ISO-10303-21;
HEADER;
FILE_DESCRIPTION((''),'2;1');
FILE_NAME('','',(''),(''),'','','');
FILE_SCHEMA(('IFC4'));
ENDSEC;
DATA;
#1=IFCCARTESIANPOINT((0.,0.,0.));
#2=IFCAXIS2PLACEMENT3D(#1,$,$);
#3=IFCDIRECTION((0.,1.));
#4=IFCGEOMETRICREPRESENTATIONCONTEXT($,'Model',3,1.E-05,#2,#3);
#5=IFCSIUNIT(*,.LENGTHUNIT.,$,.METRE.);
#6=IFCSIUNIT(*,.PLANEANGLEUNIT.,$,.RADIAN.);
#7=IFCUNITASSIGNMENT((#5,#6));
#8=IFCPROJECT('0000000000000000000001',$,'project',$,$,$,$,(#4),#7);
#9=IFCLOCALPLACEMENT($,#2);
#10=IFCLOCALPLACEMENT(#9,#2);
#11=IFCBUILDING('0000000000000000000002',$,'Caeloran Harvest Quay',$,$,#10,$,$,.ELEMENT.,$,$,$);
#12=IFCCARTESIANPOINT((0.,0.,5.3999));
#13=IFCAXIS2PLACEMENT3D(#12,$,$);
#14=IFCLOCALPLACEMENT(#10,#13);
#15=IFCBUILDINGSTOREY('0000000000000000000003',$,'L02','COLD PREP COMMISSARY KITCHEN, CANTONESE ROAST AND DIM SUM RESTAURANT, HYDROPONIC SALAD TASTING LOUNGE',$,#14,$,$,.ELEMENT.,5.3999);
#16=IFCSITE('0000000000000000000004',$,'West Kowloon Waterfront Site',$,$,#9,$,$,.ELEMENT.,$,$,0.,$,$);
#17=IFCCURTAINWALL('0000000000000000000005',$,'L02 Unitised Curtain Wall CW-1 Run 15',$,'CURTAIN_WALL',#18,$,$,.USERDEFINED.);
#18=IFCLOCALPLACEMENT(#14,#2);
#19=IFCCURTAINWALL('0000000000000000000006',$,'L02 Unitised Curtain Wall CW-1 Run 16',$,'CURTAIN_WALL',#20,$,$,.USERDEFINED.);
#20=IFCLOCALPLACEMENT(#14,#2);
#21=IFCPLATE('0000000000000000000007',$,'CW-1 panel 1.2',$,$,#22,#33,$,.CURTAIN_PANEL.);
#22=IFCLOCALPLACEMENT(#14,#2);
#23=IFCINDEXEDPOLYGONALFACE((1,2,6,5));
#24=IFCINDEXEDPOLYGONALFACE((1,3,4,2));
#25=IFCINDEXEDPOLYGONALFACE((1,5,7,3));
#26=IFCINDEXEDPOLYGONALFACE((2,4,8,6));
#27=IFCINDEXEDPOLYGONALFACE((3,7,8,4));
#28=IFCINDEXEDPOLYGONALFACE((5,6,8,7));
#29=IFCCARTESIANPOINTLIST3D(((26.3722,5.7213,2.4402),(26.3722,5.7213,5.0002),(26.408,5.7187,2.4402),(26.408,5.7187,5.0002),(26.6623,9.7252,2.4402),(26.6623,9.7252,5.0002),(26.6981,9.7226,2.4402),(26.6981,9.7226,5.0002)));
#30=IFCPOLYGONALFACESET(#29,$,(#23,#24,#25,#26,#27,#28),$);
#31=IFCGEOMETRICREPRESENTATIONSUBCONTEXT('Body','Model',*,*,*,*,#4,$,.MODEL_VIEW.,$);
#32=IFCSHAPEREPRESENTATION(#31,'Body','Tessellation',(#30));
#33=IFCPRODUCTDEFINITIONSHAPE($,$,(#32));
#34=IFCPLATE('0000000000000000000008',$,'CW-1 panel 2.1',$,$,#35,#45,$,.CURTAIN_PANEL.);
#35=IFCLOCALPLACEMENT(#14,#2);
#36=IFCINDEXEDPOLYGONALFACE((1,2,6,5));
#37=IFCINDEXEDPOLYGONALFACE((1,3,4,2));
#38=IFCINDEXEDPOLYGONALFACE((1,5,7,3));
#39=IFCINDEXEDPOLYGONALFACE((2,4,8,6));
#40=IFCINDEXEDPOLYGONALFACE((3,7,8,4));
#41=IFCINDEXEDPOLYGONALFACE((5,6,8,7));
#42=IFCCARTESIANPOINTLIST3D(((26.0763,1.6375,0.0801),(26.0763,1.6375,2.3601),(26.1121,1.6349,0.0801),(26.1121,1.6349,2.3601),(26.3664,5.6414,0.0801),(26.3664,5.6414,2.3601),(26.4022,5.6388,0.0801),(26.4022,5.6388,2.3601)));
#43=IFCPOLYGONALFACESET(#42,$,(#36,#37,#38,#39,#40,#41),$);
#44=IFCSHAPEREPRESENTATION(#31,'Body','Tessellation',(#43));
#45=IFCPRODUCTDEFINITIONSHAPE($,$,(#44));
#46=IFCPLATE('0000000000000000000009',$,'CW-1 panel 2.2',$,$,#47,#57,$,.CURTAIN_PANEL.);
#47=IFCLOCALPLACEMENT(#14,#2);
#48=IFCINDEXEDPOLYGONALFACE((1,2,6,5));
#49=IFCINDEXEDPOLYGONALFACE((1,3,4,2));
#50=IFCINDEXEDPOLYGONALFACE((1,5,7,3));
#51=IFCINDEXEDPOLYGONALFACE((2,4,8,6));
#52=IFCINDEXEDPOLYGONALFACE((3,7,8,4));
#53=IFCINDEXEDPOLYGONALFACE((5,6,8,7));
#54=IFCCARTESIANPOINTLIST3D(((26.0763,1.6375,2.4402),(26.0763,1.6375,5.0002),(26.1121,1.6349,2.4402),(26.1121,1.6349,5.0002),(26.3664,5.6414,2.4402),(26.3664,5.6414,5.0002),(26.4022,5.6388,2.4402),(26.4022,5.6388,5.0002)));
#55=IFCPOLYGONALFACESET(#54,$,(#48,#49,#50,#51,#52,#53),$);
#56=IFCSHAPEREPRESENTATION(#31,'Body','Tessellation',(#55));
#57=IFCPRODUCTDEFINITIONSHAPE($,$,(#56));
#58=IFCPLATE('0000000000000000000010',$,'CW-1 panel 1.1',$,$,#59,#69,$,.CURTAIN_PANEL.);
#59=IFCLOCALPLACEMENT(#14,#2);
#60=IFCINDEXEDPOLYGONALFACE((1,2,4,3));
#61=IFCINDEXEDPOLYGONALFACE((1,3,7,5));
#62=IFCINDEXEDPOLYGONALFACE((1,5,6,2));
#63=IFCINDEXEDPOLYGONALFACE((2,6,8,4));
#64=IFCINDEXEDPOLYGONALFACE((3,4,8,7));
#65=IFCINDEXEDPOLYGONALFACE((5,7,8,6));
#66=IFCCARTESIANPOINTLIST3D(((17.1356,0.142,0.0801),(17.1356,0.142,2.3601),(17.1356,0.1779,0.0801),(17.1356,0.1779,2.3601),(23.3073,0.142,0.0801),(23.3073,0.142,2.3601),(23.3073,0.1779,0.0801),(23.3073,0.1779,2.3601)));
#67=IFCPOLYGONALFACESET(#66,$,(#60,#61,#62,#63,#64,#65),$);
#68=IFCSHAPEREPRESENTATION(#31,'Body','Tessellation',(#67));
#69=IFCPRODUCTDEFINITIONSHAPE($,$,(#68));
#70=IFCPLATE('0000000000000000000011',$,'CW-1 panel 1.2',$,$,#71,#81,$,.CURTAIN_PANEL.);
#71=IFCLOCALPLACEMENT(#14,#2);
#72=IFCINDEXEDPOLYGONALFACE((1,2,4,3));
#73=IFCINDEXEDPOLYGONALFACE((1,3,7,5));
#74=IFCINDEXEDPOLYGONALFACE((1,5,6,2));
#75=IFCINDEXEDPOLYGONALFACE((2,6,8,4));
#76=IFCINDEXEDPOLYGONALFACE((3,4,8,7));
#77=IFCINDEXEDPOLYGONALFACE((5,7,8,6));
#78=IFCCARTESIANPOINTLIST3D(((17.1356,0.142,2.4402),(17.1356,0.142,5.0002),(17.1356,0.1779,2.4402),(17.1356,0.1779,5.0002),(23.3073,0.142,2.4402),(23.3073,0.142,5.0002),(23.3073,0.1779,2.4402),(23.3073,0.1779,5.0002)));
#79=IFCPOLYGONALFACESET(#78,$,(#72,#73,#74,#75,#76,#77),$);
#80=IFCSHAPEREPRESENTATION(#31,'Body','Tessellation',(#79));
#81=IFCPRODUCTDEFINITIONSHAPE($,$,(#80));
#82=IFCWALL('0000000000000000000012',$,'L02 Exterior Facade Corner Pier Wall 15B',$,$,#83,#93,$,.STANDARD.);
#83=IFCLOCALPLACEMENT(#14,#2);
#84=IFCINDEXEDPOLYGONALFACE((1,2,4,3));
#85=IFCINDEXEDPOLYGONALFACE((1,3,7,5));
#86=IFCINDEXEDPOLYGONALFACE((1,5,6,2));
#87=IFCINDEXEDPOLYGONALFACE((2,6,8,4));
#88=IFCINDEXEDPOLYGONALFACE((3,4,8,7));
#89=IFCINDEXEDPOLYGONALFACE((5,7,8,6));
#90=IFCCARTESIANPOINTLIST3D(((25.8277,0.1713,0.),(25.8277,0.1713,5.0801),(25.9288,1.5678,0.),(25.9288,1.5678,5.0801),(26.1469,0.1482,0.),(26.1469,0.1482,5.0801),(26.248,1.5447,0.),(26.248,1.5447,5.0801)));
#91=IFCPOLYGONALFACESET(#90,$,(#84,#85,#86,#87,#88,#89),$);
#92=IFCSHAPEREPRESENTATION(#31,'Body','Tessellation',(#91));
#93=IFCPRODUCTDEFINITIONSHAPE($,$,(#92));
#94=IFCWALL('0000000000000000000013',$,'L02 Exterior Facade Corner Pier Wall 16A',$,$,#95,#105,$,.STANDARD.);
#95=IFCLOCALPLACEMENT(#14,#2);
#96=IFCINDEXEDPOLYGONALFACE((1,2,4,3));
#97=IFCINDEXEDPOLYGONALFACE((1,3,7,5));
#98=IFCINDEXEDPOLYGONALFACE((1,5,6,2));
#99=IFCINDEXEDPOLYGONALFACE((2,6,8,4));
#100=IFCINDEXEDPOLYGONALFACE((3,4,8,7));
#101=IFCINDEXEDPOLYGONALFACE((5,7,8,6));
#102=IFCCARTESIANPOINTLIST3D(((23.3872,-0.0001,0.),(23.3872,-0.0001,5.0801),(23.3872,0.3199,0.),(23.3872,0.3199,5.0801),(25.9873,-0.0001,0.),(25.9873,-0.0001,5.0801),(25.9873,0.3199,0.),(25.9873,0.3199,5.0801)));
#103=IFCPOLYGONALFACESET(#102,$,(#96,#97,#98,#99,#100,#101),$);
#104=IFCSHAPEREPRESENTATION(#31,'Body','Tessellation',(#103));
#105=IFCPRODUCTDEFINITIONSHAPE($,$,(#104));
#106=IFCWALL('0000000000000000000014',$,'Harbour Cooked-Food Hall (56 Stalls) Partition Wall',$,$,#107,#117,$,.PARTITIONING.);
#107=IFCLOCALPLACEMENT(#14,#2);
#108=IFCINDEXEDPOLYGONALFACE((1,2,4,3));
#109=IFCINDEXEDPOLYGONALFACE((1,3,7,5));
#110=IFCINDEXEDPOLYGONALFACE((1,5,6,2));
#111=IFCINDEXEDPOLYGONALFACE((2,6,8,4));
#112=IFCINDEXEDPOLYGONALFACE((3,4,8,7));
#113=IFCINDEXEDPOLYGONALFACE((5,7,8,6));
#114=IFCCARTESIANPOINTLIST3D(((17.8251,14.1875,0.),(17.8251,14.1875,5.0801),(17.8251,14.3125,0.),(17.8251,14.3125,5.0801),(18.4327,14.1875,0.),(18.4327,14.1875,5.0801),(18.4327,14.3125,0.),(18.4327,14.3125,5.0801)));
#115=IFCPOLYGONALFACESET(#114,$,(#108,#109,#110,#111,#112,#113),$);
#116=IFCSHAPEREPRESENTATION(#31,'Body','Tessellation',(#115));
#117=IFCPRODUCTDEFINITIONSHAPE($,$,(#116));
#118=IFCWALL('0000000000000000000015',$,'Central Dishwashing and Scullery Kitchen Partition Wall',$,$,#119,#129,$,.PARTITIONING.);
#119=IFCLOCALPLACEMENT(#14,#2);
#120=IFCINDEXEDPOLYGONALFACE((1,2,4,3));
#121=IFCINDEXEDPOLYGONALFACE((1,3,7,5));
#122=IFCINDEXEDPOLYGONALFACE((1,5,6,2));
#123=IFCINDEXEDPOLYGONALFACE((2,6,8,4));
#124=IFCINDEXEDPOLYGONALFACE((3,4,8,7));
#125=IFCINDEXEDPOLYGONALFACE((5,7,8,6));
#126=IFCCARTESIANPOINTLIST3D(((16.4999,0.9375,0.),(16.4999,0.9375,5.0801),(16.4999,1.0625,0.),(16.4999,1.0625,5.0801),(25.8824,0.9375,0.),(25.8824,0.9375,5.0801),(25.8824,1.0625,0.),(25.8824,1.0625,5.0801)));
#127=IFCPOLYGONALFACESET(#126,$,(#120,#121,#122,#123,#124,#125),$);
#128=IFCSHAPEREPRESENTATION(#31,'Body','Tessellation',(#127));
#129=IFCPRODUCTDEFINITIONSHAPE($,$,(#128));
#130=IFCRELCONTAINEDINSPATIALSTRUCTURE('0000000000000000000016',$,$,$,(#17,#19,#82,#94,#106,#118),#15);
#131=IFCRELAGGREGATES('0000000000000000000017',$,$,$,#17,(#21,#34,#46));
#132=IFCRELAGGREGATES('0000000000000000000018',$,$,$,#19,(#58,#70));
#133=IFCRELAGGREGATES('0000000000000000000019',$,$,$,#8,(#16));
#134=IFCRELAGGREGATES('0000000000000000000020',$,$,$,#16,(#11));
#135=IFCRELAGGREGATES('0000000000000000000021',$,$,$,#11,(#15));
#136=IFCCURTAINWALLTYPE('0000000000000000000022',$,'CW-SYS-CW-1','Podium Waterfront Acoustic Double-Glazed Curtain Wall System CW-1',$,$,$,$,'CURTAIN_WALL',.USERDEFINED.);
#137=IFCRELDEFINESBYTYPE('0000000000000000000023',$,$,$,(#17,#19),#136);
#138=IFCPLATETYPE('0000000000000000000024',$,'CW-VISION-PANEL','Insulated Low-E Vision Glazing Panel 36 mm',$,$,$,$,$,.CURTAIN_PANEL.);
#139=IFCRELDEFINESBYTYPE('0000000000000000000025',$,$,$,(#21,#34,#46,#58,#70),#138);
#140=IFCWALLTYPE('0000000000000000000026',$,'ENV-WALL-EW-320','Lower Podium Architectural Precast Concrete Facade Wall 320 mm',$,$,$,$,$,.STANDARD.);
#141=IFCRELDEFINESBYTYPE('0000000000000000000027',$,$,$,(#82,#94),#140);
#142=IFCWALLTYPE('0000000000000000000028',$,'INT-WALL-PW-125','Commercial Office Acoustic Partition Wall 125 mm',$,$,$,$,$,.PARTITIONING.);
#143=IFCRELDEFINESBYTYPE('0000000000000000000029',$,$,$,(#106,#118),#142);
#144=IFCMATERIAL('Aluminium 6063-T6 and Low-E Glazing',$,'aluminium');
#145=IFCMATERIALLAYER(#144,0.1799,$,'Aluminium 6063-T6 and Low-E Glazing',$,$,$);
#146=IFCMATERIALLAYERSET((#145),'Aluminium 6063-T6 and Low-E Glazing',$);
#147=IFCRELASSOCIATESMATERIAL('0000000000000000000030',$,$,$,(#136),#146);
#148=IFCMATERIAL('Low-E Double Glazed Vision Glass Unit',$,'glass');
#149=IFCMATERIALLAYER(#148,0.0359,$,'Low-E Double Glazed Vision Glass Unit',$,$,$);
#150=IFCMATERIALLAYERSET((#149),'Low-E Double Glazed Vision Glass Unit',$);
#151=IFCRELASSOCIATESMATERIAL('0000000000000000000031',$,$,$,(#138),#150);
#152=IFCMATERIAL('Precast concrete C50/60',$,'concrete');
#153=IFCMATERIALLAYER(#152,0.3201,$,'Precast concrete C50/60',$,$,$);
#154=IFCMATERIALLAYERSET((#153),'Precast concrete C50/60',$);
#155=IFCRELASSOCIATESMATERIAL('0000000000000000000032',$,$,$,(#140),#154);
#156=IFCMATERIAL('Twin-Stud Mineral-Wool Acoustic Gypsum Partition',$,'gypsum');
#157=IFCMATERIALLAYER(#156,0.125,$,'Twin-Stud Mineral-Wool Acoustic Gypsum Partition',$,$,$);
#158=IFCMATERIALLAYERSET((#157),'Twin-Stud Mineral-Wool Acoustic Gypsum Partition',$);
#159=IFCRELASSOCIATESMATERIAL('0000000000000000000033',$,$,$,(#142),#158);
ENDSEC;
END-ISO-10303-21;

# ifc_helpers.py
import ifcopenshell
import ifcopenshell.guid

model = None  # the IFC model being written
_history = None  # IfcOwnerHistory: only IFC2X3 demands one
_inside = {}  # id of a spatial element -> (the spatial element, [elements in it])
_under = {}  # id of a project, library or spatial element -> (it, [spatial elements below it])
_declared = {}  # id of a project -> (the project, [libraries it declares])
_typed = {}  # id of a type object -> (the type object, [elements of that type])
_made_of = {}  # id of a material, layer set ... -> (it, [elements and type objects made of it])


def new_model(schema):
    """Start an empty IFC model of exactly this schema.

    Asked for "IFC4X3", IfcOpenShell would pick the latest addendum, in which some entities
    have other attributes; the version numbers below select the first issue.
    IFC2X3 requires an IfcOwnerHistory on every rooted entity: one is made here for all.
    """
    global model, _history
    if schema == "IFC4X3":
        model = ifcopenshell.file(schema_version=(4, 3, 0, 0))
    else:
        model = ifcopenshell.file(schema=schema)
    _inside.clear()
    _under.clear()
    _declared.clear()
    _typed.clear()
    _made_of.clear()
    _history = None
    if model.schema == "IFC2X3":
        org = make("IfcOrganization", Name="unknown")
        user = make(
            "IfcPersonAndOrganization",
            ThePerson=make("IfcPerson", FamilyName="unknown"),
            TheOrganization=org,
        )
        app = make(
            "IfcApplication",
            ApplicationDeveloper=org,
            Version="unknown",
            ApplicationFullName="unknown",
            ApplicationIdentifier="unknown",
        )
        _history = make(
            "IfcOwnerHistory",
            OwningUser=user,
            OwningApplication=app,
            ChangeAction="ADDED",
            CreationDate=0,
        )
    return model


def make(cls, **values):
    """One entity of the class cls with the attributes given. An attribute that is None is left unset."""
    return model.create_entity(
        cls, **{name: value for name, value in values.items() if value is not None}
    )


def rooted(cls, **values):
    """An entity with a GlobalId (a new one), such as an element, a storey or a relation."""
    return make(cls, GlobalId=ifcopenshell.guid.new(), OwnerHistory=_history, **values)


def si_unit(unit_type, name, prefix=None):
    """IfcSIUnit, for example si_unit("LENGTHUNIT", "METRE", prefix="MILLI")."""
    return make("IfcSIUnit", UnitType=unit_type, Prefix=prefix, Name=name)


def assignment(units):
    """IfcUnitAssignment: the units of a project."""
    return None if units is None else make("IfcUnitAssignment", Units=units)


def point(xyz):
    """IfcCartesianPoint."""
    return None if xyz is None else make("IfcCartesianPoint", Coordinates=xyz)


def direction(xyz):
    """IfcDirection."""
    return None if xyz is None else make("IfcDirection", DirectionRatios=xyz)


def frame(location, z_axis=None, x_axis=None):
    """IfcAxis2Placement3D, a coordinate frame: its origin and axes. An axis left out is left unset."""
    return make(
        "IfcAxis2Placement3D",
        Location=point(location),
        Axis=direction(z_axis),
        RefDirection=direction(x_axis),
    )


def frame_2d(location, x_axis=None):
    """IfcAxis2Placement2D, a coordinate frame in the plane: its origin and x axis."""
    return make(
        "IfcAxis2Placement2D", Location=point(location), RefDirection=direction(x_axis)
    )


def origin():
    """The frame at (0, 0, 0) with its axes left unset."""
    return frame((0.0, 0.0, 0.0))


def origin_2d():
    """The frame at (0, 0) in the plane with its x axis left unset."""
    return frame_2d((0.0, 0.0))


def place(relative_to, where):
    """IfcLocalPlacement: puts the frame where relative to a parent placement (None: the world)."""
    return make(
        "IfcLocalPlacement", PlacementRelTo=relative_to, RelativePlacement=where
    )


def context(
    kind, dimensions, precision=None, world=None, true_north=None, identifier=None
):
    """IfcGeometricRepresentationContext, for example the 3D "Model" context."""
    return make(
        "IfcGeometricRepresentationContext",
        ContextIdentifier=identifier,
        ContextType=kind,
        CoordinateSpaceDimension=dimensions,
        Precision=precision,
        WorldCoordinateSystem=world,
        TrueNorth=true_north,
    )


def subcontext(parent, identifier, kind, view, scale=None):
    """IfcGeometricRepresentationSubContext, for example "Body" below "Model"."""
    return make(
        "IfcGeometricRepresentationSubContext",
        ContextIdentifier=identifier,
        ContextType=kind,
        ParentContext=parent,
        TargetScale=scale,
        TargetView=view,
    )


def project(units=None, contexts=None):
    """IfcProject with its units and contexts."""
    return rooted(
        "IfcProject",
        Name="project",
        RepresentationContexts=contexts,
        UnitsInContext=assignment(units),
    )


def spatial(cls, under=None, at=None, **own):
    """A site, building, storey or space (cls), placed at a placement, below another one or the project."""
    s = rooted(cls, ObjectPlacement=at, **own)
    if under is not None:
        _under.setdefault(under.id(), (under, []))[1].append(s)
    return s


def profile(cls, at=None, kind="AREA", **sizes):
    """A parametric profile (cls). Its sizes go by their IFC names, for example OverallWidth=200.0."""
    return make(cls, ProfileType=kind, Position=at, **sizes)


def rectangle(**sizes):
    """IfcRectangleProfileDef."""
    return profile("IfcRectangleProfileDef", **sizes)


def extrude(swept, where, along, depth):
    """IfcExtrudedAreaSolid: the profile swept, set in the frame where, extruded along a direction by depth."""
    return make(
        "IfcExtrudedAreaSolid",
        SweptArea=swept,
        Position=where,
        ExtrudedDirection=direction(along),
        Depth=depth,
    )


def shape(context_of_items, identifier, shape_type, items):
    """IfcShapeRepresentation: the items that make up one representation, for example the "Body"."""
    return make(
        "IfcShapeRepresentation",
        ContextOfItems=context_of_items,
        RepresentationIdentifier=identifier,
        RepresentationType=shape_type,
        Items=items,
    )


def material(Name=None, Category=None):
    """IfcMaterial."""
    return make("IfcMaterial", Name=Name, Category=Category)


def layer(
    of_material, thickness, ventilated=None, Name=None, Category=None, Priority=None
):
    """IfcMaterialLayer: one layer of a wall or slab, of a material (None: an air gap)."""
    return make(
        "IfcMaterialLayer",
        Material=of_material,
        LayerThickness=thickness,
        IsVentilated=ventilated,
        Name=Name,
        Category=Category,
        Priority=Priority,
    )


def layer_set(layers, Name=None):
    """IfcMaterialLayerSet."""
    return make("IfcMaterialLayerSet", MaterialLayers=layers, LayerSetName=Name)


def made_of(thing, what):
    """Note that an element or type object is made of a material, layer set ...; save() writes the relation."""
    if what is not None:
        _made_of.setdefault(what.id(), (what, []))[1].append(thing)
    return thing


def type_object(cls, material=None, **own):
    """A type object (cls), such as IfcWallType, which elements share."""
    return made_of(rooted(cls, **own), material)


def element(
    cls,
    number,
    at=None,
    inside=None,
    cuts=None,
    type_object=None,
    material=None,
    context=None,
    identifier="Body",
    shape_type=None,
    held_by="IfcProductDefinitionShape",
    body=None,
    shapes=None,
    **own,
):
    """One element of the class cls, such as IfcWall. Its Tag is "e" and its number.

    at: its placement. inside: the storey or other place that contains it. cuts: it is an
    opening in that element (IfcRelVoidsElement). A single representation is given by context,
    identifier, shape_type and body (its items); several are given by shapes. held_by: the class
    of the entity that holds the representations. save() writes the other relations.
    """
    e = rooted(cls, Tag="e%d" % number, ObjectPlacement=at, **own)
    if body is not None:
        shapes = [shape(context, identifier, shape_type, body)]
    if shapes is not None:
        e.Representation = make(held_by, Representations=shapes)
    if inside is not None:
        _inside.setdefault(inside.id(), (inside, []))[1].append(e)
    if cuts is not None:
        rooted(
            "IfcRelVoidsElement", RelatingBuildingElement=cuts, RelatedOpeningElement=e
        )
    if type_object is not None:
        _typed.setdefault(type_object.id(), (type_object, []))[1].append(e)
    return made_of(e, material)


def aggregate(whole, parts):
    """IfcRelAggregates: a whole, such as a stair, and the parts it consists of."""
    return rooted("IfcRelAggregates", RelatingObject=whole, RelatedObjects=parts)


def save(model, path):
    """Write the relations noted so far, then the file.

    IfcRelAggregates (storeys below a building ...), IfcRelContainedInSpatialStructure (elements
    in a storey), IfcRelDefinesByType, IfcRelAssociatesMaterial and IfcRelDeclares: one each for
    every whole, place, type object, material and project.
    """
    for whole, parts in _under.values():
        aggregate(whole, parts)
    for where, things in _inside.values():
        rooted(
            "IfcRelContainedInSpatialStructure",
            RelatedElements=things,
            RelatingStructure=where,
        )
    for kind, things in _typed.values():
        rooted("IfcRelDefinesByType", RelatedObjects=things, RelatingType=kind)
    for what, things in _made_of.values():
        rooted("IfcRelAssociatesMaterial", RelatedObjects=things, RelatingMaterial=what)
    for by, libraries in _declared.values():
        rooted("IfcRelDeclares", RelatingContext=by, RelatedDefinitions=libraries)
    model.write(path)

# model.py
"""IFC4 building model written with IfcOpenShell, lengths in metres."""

from ifc_helpers import new_model, si_unit, direction, frame, frame_2d, origin, origin_2d, place, context, subcontext, project, spatial, rectangle, extrude, material, layer, layer_set, type_object, element, aggregate, save


model = new_model("IFC4")

# Units and contexts
model_context = context("Model", 3, precision=1e-05, world=origin(), true_north=direction((0.0, 1.0)))
body_context = subcontext(model_context, "Body", "Model", "MODEL_VIEW")
ifc_project = project(units=[si_unit("LENGTHUNIT", "METRE"), si_unit("PLANEANGLEUNIT", "RADIAN")], contexts=[model_context])

# Site, building, storey
site_placement = place(None, origin())
site = spatial("IfcSite", under=ifc_project, at=site_placement, Name="West Kowloon Waterfront Site", CompositionType="ELEMENT", RefElevation=0.0)
building_placement = place(site_placement, origin())
building = spatial("IfcBuilding", under=site, at=building_placement, Name="Caeloran Harvest Quay", CompositionType="ELEMENT")
storey_placement = place(building_placement, frame((0.0, 0.0, 5.3999)))
storey = spatial("IfcBuildingStorey", under=building, at=storey_placement, Name="L02", Description="COLD PREP COMMISSARY KITCHEN, CANTONESE ROAST AND DIM SUM RESTAURANT, HYDROPONIC SALAD TASTING LOUNGE", CompositionType="ELEMENT", Elevation=5.3999)

# Curtain wall
ifc_material_1 = material(Name="Aluminium 6063-T6 and Low-E Glazing", Category="aluminium")
ifc_layer_1 = layer(ifc_material_1, 0.1799, Name="Aluminium 6063-T6 and Low-E Glazing")
ifc_layer_set_1 = layer_set([ifc_layer_1], Name="Aluminium 6063-T6 and Low-E Glazing")
curtain_wall_type = type_object("IfcCurtainWallType", Name="CW-SYS-CW-1", Description="Podium Waterfront Acoustic Double-Glazed Curtain Wall System CW-1", ElementType="CURTAIN_WALL", PredefinedType="USERDEFINED", material=ifc_layer_set_1)
curtain_wall_1_placement = place(storey_placement, origin())
curtain_wall_1 = element("IfcCurtainWall", 1, at=curtain_wall_1_placement, inside=storey, type_object=curtain_wall_type, Name="L02 Unitised Curtain Wall CW-1 Run 15", ObjectType="CURTAIN_WALL", PredefinedType="USERDEFINED")

# Curtain wall
curtain_wall_2_placement = place(storey_placement, origin())
curtain_wall_2 = element("IfcCurtainWall", 2, at=curtain_wall_2_placement, inside=storey, type_object=curtain_wall_type, Name="L02 Unitised Curtain Wall CW-1 Run 16", ObjectType="CURTAIN_WALL", PredefinedType="USERDEFINED")

# Plates
ifc_material_2 = material(Name="Low-E Double Glazed Vision Glass Unit", Category="glass")
ifc_layer_2 = layer(ifc_material_2, 0.0359, Name="Low-E Double Glazed Vision Glass Unit")
ifc_layer_set_2 = layer_set([ifc_layer_2], Name="Low-E Double Glazed Vision Glass Unit")
plate_type = type_object("IfcPlateType", Name="CW-VISION-PANEL", Description="Insulated Low-E Vision Glazing Panel 36 mm", PredefinedType="CURTAIN_PANEL", material=ifc_layer_set_2)
plate_1_placement = place(storey_placement, frame((26.5352, 7.7219, 2.4402), z_axis=(0.0, 0.0, 1.0), x_axis=(-0.072271, -0.997385, 0.0)))
plate_1 = element("IfcPlate", 3, at=plate_1_placement, type_object=plate_type, Name="CW-1 panel 1.2", PredefinedType="CURTAIN_PANEL", context=body_context, shape_type="SweptSolid", body=[
    extrude(rectangle(XDim=4.0144, YDim=0.0359, at=origin_2d()), origin(), (0.0, 0.0, 1.0), 2.5601),
])
plate_2_placement = place(storey_placement, frame((26.2393, 3.6382, 0.0801), z_axis=(0.0, 0.0, 1.0), x_axis=(-0.072271, -0.997385, 0.0)))
plate_2 = element("IfcPlate", 4, at=plate_2_placement, type_object=plate_type, Name="CW-1 panel 2.1", PredefinedType="CURTAIN_PANEL", context=body_context, shape_type="SweptSolid", body=[
    extrude(rectangle(XDim=4.0144, YDim=0.0359, at=origin_2d()), origin(), (0.0, 0.0, 1.0), 2.28),
])
plate_3_placement = place(storey_placement, frame((26.2393, 3.6382, 2.4402), z_axis=(0.0, 0.0, 1.0), x_axis=(-0.072271, -0.997385, 0.0)))
plate_3 = element("IfcPlate", 5, at=plate_3_placement, type_object=plate_type, Name="CW-1 panel 2.2", PredefinedType="CURTAIN_PANEL", context=body_context, shape_type="SweptSolid", body=[
    extrude(rectangle(XDim=4.0144, YDim=0.0359, at=origin_2d()), origin(), (0.0, 0.0, 1.0), 2.5601),
])
aggregate(curtain_wall_1, [plate_1, plate_2, plate_3])
plate_4_placement = place(storey_placement, frame((20.2214, 0.1599, 0.0801), z_axis=(0.0, 0.0, 1.0), x_axis=(-1.0, 0.0, 0.0)))
plate_4 = element("IfcPlate", 6, at=plate_4_placement, type_object=plate_type, Name="CW-1 panel 1.1", PredefinedType="CURTAIN_PANEL", context=body_context, shape_type="SweptSolid", body=[
    extrude(rectangle(XDim=6.1716, YDim=0.0359, at=origin_2d()), origin(), (0.0, 0.0, 1.0), 2.28),
])
plate_5_placement = place(storey_placement, frame((20.2214, 0.1599, 2.4402), z_axis=(0.0, 0.0, 1.0), x_axis=(-1.0, 0.0, 0.0)))
plate_5 = element("IfcPlate", 7, at=plate_5_placement, type_object=plate_type, Name="CW-1 panel 1.2", PredefinedType="CURTAIN_PANEL", context=body_context, shape_type="SweptSolid", body=[
    extrude(rectangle(XDim=6.1716, YDim=0.0359, at=origin_2d()), origin(), (0.0, 0.0, 1.0), 2.5601),
])
aggregate(curtain_wall_2, [plate_4, plate_5])

# Walls
ifc_material_3 = material(Name="Precast concrete C50/60", Category="concrete")
ifc_layer_3 = layer(ifc_material_3, 0.3201, Name="Precast concrete C50/60")
ifc_layer_set_3 = layer_set([ifc_layer_3], Name="Precast concrete C50/60")
wall_type_1 = type_object("IfcWallType", Name="ENV-WALL-EW-320", Description="Lower Podium Architectural Precast Concrete Facade Wall 320 mm", PredefinedType="STANDARD", material=ifc_layer_set_3)
wall_1_placement = place(storey_placement, frame((26.0884, 1.5564, 0.0), z_axis=(0.0, 0.0, 1.0), x_axis=(-0.072189, -0.997391, 0.0)))
element("IfcWall", 8, at=wall_1_placement, inside=storey, type_object=wall_type_1, Name="L02 Exterior Facade Corner Pier Wall 15B", PredefinedType="STANDARD", context=body_context, shape_type="SweptSolid", body=[
    extrude(rectangle(XDim=1.4001, YDim=0.3201, at=frame_2d((0.7002, 0.0))), origin(), (0.0, 0.0, 1.0), 5.0801),
])
wall_2_placement = place(storey_placement, frame((25.9873, 0.1599, 0.0), z_axis=(0.0, 0.0, 1.0), x_axis=(-1.0, 0.0, 0.0)))
element("IfcWall", 9, at=wall_2_placement, inside=storey, type_object=wall_type_1, Name="L02 Exterior Facade Corner Pier Wall 16A", PredefinedType="STANDARD", context=body_context, shape_type="SweptSolid", body=[
    extrude(rectangle(XDim=2.6001, YDim=0.3201, at=frame_2d((1.3, 0.0))), origin(), (0.0, 0.0, 1.0), 5.0801),
])
ifc_material_4 = material(Name="Twin-Stud Mineral-Wool Acoustic Gypsum Partition", Category="gypsum")
ifc_layer_4 = layer(ifc_material_4, 0.125, Name="Twin-Stud Mineral-Wool Acoustic Gypsum Partition")
ifc_layer_set_4 = layer_set([ifc_layer_4], Name="Twin-Stud Mineral-Wool Acoustic Gypsum Partition")
wall_type_2 = type_object("IfcWallType", Name="INT-WALL-PW-125", Description="Commercial Office Acoustic Partition Wall 125 mm", PredefinedType="PARTITIONING", material=ifc_layer_set_4)
wall_3_placement = place(storey_placement, frame((18.4326, 14.25, 0.0), z_axis=(0.0, 0.0, 1.0), x_axis=(-1.0, 0.0, 0.0)))
element("IfcWall", 10, at=wall_3_placement, inside=storey, type_object=wall_type_2, Name="Harbour Cooked-Food Hall (56 Stalls) Partition Wall", PredefinedType="PARTITIONING", context=body_context, shape_type="SweptSolid", body=[
    extrude(rectangle(XDim=0.6077, YDim=0.125, at=frame_2d((0.3037, 0.0))), origin(), (0.0, 0.0, 1.0), 5.0801),
])
wall_4_placement = place(storey_placement, frame((25.8826, 1.0, 0.0), z_axis=(0.0, 0.0, 1.0), x_axis=(-1.0, 0.0, 0.0)))
element("IfcWall", 11, at=wall_4_placement, inside=storey, type_object=wall_type_2, Name="Central Dishwashing and Scullery Kitchen Partition Wall", PredefinedType="PARTITIONING", context=body_context, shape_type="SweptSolid", body=[
    extrude(rectangle(XDim=9.3826, YDim=0.125, at=frame_2d((4.6914, 0.0))), origin(), (0.0, 0.0, 1.0), 5.0801),
])

save(model, "model.ifc")
